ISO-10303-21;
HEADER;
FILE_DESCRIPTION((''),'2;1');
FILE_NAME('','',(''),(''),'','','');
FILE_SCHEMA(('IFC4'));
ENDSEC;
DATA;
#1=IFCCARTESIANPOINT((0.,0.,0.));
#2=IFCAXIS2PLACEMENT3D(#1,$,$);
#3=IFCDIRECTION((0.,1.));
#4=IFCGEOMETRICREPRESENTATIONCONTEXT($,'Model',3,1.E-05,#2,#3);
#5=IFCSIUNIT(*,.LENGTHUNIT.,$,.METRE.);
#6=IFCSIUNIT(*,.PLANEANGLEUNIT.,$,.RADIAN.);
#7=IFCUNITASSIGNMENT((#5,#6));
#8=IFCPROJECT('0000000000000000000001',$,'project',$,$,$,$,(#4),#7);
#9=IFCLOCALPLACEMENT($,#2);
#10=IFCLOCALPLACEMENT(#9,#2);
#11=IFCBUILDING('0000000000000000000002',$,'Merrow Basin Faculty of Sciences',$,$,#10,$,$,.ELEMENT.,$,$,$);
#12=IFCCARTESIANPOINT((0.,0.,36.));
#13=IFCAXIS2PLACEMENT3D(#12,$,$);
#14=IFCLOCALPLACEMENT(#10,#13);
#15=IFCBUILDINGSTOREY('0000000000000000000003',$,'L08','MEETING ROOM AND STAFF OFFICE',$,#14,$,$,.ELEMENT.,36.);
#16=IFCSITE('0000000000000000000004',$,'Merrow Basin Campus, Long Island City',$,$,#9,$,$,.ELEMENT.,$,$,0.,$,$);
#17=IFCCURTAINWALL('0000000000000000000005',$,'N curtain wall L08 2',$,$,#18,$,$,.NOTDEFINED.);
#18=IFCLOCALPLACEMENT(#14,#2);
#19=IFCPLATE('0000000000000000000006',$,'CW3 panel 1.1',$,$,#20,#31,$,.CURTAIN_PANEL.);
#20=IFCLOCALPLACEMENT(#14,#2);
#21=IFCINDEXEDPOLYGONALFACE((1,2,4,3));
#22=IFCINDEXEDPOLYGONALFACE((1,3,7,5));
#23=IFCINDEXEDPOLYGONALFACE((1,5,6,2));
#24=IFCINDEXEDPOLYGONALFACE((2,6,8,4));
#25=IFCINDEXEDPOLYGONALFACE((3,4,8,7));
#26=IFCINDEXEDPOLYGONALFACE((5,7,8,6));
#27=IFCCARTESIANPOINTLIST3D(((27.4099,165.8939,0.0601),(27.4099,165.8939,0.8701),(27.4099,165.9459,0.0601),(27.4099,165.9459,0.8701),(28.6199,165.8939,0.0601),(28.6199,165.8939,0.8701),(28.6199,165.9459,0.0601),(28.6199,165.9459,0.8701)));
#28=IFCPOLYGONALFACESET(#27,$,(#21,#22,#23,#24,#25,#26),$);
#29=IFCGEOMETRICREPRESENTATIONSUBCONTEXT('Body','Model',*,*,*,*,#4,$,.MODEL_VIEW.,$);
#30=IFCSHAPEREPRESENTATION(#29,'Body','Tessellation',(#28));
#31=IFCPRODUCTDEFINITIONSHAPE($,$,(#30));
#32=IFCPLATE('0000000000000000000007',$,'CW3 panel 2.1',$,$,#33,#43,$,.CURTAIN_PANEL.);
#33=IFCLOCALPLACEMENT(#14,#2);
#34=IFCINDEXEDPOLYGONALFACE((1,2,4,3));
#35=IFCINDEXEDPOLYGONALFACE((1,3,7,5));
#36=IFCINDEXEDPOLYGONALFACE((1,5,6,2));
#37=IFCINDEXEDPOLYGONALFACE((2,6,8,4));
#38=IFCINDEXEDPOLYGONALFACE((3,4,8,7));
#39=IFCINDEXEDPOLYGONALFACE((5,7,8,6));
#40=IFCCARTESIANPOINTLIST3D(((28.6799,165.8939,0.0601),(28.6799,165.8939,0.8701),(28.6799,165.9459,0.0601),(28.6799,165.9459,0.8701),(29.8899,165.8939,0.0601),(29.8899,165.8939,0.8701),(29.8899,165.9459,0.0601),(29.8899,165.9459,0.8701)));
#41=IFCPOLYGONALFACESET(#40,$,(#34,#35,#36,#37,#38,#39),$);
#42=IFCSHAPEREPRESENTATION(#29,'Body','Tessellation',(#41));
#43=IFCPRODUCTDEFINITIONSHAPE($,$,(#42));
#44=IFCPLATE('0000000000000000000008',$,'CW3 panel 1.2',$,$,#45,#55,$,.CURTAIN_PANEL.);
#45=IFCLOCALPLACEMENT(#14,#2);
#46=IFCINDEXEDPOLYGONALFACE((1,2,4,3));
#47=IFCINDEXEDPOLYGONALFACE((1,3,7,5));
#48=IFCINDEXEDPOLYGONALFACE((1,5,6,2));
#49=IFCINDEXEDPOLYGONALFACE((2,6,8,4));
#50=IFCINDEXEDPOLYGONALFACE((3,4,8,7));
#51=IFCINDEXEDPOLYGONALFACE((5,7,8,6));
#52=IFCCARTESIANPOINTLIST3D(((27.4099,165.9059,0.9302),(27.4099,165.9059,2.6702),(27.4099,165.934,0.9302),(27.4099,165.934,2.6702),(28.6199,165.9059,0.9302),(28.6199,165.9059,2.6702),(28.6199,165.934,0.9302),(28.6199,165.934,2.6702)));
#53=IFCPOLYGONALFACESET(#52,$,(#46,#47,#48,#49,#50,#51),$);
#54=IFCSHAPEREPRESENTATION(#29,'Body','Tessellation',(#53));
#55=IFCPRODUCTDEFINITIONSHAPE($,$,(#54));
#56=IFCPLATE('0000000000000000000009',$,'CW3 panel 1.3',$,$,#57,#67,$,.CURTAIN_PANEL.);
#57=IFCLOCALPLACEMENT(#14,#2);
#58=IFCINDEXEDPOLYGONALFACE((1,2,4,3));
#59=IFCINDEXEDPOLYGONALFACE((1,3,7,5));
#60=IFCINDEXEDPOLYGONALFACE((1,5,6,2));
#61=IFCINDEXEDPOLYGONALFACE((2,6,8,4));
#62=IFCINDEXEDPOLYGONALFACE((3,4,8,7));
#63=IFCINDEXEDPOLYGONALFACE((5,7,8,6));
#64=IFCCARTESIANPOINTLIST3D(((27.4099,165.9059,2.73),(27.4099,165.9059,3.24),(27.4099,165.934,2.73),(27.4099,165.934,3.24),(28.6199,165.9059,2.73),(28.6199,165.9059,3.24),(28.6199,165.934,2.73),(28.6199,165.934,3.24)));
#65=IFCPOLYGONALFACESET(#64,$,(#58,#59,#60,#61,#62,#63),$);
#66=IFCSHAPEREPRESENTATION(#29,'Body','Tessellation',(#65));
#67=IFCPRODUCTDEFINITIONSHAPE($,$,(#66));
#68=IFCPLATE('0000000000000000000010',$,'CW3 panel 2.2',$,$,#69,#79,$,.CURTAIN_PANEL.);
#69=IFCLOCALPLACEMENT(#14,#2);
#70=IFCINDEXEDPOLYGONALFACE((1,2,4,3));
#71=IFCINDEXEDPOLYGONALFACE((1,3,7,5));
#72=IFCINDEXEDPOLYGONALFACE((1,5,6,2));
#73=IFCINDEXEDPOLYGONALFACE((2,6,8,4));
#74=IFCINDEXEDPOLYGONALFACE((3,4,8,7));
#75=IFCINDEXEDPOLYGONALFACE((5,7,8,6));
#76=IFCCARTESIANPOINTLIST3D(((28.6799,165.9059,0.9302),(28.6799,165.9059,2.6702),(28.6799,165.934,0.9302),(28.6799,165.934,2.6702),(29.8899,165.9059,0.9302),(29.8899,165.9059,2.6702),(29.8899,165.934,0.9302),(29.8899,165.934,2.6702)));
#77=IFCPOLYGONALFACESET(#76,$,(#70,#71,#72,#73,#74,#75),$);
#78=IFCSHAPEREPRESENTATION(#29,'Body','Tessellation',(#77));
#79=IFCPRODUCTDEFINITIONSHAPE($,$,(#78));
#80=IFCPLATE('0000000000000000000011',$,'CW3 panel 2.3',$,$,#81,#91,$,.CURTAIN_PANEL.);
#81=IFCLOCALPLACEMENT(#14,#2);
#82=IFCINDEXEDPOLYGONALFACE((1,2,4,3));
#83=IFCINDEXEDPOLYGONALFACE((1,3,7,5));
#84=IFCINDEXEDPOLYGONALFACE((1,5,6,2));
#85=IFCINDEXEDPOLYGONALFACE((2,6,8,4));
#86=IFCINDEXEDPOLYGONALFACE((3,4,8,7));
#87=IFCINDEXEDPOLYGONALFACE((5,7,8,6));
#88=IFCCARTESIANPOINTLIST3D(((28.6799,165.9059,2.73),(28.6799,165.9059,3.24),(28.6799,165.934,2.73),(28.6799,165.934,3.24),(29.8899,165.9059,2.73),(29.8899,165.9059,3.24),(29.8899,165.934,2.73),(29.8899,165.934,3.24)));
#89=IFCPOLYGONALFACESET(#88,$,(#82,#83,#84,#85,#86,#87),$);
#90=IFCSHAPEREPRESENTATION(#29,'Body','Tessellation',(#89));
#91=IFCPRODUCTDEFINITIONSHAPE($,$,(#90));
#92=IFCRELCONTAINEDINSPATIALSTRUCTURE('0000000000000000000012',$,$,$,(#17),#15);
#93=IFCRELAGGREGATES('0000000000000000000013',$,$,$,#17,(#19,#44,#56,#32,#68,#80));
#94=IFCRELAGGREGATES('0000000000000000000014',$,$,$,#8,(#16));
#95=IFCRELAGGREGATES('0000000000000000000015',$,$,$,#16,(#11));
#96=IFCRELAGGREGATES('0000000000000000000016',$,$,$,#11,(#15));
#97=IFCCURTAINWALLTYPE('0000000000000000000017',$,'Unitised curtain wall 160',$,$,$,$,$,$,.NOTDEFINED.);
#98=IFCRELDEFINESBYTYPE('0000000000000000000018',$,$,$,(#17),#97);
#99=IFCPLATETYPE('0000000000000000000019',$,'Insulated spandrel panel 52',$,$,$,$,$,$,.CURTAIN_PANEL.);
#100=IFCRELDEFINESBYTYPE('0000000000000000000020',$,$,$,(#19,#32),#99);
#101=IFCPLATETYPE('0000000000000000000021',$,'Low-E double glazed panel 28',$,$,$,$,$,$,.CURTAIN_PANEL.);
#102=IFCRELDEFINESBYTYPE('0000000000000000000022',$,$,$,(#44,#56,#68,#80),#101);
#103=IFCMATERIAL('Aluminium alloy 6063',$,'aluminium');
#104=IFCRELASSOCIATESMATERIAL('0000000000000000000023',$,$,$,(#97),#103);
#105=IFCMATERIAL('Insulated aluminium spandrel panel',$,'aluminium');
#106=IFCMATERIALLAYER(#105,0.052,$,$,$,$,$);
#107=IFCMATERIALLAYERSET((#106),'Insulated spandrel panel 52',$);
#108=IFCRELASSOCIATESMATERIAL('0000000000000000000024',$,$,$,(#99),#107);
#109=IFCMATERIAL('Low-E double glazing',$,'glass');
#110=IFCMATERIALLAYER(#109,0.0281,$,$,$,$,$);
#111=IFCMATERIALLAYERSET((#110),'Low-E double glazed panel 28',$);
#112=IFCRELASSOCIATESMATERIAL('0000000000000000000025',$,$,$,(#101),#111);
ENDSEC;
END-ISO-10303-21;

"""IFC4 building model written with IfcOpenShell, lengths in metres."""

from ifc_helpers import new_model, si_unit, direction, frame, origin, origin_2d, place, context, subcontext, project, spatial, rectangle, extrude, material, layer, layer_set, type_object, element, aggregate, save


model = new_model("IFC4")

# Units and contexts
model_context = context("Model", 3, precision=1e-05, world=origin(), true_north=direction((0.0, 1.0)))
body_context = subcontext(model_context, "Body", "Model", "MODEL_VIEW")
ifc_project = project(units=[si_unit("LENGTHUNIT", "METRE"), si_unit("PLANEANGLEUNIT", "RADIAN")], contexts=[model_context])

# Site, building, storey
site_placement = place(None, origin())
site = spatial("IfcSite", under=ifc_project, at=site_placement, Name="Merrow Basin Campus, Long Island City", CompositionType="ELEMENT", RefElevation=0.0)
building_placement = place(site_placement, origin())
building = spatial("IfcBuilding", under=site, at=building_placement, Name="Merrow Basin Faculty of Sciences", CompositionType="ELEMENT")
storey_placement = place(building_placement, frame((0.0, 0.0, 36.0)))
storey = spatial("IfcBuildingStorey", under=building, at=storey_placement, Name="L08", Description="MEETING ROOM AND STAFF OFFICE", CompositionType="ELEMENT", Elevation=36.0)

# Curtain wall
ifc_material_1 = material(Name="Aluminium alloy 6063", Category="aluminium")
curtain_wall_type = type_object("IfcCurtainWallType", Name="Unitised curtain wall 160", PredefinedType="NOTDEFINED", material=ifc_material_1)
curtain_wall_1_placement = place(storey_placement, origin())
curtain_wall_1 = element("IfcCurtainWall", 1, at=curtain_wall_1_placement, inside=storey, type_object=curtain_wall_type, Name="N curtain wall L08 2", PredefinedType="NOTDEFINED")

# Plates
ifc_material_2 = material(Name="Insulated aluminium spandrel panel", Category="aluminium")
ifc_layer_1 = layer(ifc_material_2, 0.052)
ifc_layer_set_1 = layer_set([ifc_layer_1], Name="Insulated spandrel panel 52")
plate_type_1 = type_object("IfcPlateType", Name="Insulated spandrel panel 52", PredefinedType="CURTAIN_PANEL", material=ifc_layer_set_1)
plate_1_placement = place(storey_placement, frame((28.0149, 165.9199, 0.0601), z_axis=(0.0, 0.0, 1.0), x_axis=(1.0, 0.0, 0.0)))
plate_1 = element("IfcPlate", 2, at=plate_1_placement, type_object=plate_type_1, Name="CW3 panel 1.1", PredefinedType="CURTAIN_PANEL", context=body_context, shape_type="SweptSolid", body=[
    extrude(rectangle(XDim=1.21, YDim=0.052, at=origin_2d()), origin(), (0.0, 0.0, 1.0), 0.8101),
])
plate_2_placement = place(storey_placement, frame((29.2849, 165.9199, 0.0601), z_axis=(0.0, 0.0, 1.0), x_axis=(1.0, 0.0, 0.0)))
plate_2 = element("IfcPlate", 3, at=plate_2_placement, type_object=plate_type_1, Name="CW3 panel 2.1", PredefinedType="CURTAIN_PANEL", context=body_context, shape_type="SweptSolid", body=[
    extrude(rectangle(XDim=1.21, YDim=0.052, at=origin_2d()), origin(), (0.0, 0.0, 1.0), 0.8101),
])
ifc_material_3 = material(Name="Low-E double glazing", Category="glass")
ifc_layer_2 = layer(ifc_material_3, 0.0281)
ifc_layer_set_2 = layer_set([ifc_layer_2], Name="Low-E double glazed panel 28")
plate_type_2 = type_object("IfcPlateType", Name="Low-E double glazed panel 28", PredefinedType="CURTAIN_PANEL", material=ifc_layer_set_2)
plate_3_placement = place(storey_placement, frame((28.0149, 165.9199, 0.9302), z_axis=(0.0, 0.0, 1.0), x_axis=(1.0, 0.0, 0.0)))
plate_3 = element("IfcPlate", 4, at=plate_3_placement, type_object=plate_type_2, Name="CW3 panel 1.2", PredefinedType="CURTAIN_PANEL", context=body_context, shape_type="SweptSolid", body=[
    extrude(rectangle(XDim=1.21, YDim=0.0281, at=origin_2d()), origin(), (0.0, 0.0, 1.0), 1.74),
])
plate_4_placement = place(storey_placement, frame((28.0149, 165.9199, 2.73), z_axis=(0.0, 0.0, 1.0), x_axis=(1.0, 0.0, 0.0)))
plate_4 = element("IfcPlate", 5, at=plate_4_placement, type_object=plate_type_2, Name="CW3 panel 1.3", PredefinedType="CURTAIN_PANEL", context=body_context, shape_type="SweptSolid", body=[
    extrude(rectangle(XDim=1.21, YDim=0.0281, at=origin_2d()), origin(), (0.0, 0.0, 1.0), 0.51),
])
plate_5_placement = place(storey_placement, frame((29.2849, 165.9199, 0.9302), z_axis=(0.0, 0.0, 1.0), x_axis=(1.0, 0.0, 0.0)))
plate_5 = element("IfcPlate", 6, at=plate_5_placement, type_object=plate_type_2, Name="CW3 panel 2.2", PredefinedType="CURTAIN_PANEL", context=body_context, shape_type="SweptSolid", body=[
    extrude(rectangle(XDim=1.21, YDim=0.0281, at=origin_2d()), origin(), (0.0, 0.0, 1.0), 1.74),
])
plate_6_placement = place(storey_placement, frame((29.2849, 165.9199, 2.73), z_axis=(0.0, 0.0, 1.0), x_axis=(1.0, 0.0, 0.0)))
plate_6 = element("IfcPlate", 7, at=plate_6_placement, type_object=plate_type_2, Name="CW3 panel 2.3", PredefinedType="CURTAIN_PANEL", context=body_context, shape_type="SweptSolid", body=[
    extrude(rectangle(XDim=1.21, YDim=0.0281, at=origin_2d()), origin(), (0.0, 0.0, 1.0), 0.51),
])
aggregate(curtain_wall_1, [plate_1, plate_3, plate_4, plate_2, plate_5, plate_6])

save(model, "model.ifc")
